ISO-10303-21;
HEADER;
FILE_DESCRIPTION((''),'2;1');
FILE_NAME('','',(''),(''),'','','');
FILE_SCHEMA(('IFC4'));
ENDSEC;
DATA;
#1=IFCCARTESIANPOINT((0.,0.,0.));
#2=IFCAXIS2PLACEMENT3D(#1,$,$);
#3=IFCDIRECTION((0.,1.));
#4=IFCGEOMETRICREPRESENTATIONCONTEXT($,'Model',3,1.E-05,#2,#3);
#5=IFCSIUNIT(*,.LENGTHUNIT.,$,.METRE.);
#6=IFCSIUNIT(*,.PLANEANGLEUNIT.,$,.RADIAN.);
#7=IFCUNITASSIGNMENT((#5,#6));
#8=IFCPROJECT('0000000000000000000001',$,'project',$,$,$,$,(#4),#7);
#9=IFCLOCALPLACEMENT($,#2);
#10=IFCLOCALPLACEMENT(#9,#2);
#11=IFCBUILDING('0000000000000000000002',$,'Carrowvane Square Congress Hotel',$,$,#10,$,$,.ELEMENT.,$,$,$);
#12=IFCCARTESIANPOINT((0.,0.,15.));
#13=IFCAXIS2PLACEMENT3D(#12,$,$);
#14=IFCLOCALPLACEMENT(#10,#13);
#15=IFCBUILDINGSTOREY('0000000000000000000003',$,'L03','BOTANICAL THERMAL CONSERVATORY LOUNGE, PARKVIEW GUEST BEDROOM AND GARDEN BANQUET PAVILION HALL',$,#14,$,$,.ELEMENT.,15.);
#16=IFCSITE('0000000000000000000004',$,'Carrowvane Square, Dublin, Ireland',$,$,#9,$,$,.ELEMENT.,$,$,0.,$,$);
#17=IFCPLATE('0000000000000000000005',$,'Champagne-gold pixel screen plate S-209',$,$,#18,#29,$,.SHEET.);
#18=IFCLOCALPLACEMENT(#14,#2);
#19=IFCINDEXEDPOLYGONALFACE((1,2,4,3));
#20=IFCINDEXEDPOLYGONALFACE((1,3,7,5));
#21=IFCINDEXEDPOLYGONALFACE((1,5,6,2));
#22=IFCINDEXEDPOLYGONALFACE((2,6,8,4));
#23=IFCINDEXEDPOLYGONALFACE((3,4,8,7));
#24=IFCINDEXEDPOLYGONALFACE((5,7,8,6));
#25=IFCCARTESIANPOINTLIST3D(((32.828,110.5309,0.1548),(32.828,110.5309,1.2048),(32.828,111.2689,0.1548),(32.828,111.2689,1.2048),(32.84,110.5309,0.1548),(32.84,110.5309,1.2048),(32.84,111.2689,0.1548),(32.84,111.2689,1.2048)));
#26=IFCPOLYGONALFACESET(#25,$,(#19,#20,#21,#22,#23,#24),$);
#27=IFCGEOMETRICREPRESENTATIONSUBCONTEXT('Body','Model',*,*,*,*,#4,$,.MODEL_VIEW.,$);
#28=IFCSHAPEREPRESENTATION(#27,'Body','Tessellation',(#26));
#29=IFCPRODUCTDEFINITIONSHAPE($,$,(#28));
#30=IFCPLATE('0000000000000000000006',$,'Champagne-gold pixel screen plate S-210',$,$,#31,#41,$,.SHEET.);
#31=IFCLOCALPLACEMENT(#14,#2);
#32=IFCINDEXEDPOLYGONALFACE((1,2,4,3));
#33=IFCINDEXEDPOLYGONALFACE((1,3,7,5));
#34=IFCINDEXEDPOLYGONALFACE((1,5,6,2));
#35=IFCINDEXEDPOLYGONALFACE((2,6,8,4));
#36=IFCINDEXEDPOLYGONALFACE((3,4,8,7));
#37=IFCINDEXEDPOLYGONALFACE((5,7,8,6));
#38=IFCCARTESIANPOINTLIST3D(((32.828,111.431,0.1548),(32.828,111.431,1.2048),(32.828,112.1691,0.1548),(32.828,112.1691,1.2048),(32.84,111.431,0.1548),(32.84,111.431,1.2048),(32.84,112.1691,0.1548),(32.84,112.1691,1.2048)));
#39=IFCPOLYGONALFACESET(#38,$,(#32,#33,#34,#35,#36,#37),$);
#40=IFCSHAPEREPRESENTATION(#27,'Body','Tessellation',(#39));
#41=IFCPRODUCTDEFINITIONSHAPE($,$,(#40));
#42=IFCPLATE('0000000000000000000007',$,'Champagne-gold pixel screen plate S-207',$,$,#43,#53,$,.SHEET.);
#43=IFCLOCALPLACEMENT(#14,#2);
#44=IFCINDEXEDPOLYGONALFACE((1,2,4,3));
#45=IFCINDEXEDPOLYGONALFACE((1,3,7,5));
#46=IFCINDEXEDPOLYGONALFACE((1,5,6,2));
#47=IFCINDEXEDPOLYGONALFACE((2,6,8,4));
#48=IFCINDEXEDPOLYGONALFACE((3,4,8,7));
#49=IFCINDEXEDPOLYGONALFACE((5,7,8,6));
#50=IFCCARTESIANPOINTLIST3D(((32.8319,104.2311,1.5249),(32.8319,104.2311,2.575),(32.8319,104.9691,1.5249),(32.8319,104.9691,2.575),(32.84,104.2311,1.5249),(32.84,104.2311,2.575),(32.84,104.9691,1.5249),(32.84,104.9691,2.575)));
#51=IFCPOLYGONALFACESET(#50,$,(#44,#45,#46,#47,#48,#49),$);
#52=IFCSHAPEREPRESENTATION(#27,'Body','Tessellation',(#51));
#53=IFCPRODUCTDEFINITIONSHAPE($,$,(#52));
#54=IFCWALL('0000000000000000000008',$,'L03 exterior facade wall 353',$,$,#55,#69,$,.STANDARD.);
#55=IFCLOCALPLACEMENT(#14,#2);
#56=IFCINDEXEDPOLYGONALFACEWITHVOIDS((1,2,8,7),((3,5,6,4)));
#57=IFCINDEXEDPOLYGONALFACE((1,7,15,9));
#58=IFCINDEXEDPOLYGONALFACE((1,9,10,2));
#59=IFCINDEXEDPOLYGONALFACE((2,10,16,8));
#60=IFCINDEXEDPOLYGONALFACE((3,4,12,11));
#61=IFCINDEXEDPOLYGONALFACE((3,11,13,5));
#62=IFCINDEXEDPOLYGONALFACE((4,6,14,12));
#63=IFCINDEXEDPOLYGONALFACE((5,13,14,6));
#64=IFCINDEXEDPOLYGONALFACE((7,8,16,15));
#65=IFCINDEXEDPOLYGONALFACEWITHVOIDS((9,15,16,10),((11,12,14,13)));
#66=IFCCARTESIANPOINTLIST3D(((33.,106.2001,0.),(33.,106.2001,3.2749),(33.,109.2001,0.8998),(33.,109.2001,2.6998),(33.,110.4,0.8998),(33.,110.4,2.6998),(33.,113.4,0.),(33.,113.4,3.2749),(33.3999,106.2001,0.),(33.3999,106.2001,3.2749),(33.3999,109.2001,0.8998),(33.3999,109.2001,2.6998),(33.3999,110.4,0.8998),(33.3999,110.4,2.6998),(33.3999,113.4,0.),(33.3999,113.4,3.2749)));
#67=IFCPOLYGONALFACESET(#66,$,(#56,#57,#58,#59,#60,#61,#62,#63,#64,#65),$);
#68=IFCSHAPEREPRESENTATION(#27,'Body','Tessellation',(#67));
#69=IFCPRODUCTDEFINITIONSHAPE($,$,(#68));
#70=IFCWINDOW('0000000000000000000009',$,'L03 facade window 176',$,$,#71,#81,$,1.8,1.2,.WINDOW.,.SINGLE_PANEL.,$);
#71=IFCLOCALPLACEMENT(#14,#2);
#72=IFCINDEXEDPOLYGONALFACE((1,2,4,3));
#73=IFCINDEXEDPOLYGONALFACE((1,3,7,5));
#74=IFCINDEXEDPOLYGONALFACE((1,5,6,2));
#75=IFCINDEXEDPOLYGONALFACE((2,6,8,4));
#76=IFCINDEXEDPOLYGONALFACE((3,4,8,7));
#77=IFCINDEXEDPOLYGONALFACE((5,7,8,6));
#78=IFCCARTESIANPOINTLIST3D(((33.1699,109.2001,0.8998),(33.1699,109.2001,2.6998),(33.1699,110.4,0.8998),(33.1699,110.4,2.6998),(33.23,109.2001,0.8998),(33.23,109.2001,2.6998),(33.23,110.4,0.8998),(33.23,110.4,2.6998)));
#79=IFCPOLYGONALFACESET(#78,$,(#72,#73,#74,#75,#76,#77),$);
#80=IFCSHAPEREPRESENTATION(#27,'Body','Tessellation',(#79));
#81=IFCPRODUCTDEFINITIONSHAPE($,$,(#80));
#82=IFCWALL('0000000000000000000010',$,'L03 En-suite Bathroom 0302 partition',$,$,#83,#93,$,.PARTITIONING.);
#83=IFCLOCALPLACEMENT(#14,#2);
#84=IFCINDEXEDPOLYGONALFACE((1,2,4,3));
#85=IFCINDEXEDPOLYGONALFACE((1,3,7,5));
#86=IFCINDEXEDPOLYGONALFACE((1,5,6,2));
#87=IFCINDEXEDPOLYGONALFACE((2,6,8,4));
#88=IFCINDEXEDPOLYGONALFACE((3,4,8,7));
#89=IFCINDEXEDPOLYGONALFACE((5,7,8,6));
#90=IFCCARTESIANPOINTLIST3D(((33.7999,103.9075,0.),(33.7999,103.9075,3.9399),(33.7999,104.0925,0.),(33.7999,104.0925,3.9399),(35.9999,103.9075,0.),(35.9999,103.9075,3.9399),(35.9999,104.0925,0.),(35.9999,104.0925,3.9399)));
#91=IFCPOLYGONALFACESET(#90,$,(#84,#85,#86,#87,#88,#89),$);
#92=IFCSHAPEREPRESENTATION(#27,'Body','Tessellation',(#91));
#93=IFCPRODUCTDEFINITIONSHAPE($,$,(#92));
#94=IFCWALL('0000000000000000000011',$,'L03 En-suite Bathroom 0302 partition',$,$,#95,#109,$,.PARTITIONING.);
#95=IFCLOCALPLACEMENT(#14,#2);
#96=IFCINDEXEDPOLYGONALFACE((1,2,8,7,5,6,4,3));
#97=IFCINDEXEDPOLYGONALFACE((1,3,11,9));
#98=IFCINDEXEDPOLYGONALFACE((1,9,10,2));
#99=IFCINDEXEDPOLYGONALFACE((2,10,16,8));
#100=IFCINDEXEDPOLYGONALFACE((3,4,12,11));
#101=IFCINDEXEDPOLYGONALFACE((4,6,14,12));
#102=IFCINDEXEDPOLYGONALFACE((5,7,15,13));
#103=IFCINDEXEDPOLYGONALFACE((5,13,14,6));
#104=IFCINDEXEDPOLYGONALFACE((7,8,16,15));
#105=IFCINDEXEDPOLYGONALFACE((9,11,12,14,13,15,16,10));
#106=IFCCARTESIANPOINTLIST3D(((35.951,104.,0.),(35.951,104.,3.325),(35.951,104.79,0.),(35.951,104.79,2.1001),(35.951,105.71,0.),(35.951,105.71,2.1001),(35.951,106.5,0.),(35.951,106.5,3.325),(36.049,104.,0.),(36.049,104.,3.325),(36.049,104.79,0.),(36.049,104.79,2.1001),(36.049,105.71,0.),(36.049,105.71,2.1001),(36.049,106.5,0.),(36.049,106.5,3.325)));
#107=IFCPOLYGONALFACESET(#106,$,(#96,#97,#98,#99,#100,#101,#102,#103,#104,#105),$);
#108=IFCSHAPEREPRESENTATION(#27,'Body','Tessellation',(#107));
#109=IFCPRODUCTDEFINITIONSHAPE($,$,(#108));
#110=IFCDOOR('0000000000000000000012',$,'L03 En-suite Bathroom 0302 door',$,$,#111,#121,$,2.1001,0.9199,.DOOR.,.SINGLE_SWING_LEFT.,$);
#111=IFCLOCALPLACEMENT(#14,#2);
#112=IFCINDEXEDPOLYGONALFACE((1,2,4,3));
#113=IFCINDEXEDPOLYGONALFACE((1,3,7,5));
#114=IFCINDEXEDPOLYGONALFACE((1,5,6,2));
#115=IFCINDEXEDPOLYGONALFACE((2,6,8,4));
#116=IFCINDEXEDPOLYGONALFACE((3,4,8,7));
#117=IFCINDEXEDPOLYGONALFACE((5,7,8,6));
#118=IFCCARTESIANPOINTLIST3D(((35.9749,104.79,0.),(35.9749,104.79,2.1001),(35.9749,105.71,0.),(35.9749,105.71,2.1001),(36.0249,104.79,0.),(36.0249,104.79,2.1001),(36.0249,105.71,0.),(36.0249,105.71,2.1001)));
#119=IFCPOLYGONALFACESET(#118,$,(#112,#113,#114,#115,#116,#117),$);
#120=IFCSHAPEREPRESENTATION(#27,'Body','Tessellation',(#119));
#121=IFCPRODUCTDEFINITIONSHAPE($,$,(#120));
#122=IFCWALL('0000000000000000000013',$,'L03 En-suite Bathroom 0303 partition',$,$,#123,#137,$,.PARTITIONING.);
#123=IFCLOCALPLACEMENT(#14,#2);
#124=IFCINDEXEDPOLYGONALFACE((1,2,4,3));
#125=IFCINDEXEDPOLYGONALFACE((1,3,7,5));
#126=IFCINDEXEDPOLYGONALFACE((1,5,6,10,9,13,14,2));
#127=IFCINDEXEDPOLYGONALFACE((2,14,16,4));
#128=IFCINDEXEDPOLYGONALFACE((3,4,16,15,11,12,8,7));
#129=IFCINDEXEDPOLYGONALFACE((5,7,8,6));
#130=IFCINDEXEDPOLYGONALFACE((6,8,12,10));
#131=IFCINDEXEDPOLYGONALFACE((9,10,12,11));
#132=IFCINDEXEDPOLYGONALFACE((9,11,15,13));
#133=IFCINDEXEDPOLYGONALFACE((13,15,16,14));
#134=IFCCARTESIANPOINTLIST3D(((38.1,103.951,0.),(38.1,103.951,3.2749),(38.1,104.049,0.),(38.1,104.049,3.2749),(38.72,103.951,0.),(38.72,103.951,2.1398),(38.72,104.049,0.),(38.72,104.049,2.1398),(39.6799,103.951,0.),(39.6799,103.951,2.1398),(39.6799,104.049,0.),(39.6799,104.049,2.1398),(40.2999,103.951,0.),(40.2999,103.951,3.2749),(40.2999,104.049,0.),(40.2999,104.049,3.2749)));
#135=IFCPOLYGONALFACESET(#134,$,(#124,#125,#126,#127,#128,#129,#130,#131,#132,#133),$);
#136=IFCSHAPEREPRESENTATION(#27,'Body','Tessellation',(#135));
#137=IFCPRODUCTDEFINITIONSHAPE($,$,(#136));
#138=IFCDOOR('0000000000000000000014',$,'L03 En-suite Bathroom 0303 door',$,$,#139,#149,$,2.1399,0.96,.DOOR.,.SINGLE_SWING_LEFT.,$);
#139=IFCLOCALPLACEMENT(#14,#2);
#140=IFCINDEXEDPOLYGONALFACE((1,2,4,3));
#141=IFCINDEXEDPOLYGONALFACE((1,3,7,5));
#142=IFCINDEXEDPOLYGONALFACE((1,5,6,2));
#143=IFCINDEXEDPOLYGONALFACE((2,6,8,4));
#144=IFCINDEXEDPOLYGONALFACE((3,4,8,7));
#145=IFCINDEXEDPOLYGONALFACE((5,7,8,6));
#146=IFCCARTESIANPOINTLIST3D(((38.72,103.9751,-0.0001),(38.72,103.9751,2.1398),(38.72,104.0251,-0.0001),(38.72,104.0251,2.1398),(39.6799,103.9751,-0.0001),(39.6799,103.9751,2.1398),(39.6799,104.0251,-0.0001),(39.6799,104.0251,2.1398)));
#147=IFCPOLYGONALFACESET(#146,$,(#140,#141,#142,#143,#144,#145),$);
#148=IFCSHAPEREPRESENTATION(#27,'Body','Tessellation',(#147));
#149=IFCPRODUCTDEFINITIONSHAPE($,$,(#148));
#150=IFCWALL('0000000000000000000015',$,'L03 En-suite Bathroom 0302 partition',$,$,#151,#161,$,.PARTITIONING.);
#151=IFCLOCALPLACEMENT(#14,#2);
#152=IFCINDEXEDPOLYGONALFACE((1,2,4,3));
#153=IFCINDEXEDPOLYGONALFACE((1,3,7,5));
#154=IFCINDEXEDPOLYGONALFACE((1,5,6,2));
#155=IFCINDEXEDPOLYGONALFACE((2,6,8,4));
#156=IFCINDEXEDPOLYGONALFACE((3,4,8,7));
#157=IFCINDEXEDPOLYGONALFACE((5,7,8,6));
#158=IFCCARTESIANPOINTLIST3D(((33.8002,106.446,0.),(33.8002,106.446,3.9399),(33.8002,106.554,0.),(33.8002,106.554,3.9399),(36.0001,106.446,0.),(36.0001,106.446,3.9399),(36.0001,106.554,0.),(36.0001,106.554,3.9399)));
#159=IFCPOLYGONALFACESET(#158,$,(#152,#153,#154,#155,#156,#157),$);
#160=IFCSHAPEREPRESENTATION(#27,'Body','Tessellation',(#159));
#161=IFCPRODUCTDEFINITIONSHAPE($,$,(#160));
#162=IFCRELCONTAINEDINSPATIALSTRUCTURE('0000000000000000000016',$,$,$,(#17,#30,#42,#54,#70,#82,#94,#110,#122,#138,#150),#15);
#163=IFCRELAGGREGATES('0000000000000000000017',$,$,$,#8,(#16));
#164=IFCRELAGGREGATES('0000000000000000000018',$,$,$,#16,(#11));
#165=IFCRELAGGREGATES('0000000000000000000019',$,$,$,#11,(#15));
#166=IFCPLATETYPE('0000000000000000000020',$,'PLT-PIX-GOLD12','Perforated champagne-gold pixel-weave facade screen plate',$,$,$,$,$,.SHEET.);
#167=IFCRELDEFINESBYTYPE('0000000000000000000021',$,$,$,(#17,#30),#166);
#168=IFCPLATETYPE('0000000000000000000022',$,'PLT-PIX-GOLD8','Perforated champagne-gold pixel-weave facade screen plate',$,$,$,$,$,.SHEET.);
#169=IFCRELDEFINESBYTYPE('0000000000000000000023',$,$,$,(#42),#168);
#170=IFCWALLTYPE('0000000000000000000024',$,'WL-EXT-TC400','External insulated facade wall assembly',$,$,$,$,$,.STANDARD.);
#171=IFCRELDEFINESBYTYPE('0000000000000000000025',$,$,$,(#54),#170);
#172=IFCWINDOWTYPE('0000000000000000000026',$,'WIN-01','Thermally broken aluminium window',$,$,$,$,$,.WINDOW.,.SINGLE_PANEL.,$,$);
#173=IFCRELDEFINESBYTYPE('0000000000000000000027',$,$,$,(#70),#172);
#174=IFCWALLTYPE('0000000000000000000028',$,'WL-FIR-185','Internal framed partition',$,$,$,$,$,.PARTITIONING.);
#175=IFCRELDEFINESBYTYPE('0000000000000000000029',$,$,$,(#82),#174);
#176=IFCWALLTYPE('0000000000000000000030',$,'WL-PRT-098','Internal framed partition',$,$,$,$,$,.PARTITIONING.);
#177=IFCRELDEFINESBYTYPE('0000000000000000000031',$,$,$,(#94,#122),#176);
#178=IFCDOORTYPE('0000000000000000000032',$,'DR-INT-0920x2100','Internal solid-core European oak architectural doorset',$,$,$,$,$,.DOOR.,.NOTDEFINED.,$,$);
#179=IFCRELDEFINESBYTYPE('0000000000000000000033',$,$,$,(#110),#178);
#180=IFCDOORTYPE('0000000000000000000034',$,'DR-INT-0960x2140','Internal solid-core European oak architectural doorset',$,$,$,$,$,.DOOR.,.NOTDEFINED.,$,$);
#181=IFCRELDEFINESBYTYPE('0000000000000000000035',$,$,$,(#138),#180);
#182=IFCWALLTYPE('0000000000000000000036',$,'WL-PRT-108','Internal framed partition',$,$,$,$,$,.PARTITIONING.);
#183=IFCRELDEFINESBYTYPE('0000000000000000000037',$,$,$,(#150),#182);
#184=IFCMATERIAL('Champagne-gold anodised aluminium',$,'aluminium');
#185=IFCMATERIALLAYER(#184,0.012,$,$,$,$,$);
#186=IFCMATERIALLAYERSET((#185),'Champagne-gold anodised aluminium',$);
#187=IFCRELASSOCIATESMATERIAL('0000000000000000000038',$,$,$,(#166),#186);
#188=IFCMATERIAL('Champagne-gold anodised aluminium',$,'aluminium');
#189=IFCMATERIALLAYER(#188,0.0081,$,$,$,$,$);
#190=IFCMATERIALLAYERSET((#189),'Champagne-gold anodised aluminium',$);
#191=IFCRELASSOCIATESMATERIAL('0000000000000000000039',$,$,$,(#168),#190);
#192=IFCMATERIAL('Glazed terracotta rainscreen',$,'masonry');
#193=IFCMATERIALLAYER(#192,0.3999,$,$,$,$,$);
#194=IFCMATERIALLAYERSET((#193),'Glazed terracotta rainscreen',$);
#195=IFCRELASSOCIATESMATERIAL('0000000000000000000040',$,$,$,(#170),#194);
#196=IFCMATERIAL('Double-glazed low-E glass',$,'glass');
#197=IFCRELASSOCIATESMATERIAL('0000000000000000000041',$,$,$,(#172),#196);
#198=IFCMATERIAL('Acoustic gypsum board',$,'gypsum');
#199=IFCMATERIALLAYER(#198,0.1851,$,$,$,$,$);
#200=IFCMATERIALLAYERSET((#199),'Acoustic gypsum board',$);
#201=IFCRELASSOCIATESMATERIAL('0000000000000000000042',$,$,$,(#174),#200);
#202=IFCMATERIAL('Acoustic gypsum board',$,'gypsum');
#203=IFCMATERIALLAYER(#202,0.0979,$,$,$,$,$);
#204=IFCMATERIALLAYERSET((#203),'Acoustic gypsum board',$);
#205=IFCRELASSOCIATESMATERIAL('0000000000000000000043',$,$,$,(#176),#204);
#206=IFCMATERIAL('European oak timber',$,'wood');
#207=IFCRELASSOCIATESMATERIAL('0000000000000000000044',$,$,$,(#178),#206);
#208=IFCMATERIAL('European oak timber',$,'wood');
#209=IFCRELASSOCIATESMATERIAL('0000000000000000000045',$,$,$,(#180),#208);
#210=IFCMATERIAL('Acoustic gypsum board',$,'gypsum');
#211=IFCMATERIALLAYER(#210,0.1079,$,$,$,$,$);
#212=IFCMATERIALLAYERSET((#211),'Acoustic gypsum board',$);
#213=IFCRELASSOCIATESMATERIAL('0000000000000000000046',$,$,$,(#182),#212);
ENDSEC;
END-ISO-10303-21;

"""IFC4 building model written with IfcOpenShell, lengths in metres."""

from ifc_helpers import new_model, si_unit, direction, frame, frame_2d, origin, origin_2d, place, context, subcontext, project, spatial, rectangle, extrude, material, layer, layer_set, type_object, element, fill, save


model = new_model("IFC4")

# Units and contexts
model_context = context("Model", 3, precision=1e-05, world=origin(), true_north=direction((0.0, 1.0)))
body_context = subcontext(model_context, "Body", "Model", "MODEL_VIEW")
ifc_project = project(units=[si_unit("LENGTHUNIT", "METRE"), si_unit("PLANEANGLEUNIT", "RADIAN")], contexts=[model_context])

# Site, building, storey
site_placement = place(None, origin())
site = spatial("IfcSite", under=ifc_project, at=site_placement, Name="Carrowvane Square, Dublin, Ireland", CompositionType="ELEMENT", RefElevation=0.0)
building_placement = place(site_placement, origin())
building = spatial("IfcBuilding", under=site, at=building_placement, Name="Carrowvane Square Congress Hotel", CompositionType="ELEMENT")
storey_placement = place(building_placement, frame((0.0, 0.0, 15.0)))
storey = spatial("IfcBuildingStorey", under=building, at=storey_placement, Name="L03", Description="BOTANICAL THERMAL CONSERVATORY LOUNGE, PARKVIEW GUEST BEDROOM AND GARDEN BANQUET PAVILION HALL", CompositionType="ELEMENT", Elevation=15.0)

# Plates
ifc_material_1 = material(Name="Champagne-gold anodised aluminium", Category="aluminium")
ifc_layer_1 = layer(ifc_material_1, 0.012)
ifc_layer_set_1 = layer_set([ifc_layer_1], Name="Champagne-gold anodised aluminium")
plate_type_1 = type_object("IfcPlateType", Name="PLT-PIX-GOLD12", Description="Perforated champagne-gold pixel-weave facade screen plate", PredefinedType="SHEET", material=ifc_layer_set_1)
for number, where, z_axis, x_axis, name in (
    (1, (32.834, 110.8999, 0.1548), (0.0, 0.0, 1.0), (0.0, 1.0, 0.0), "Champagne-gold pixel screen plate S-209"),
    (2, (32.834, 111.8, 0.1548), (0.0, 0.0, 1.0), (0.0, 1.0, 0.0), "Champagne-gold pixel screen plate S-210"),
):
    element("IfcPlate", number, at=place(storey_placement, frame(where, z_axis=z_axis, x_axis=x_axis)), inside=storey, type_object=plate_type_1, Name=name, PredefinedType="SHEET", context=body_context, shape_type="SweptSolid", body=[
        extrude(rectangle(XDim=0.738, YDim=0.012, at=origin_2d()), origin(), (0.0, 0.0, 1.0), 1.05),
    ])
ifc_material_2 = material(Name="Champagne-gold anodised aluminium", Category="aluminium")
ifc_layer_2 = layer(ifc_material_2, 0.0081)
ifc_layer_set_2 = layer_set([ifc_layer_2], Name="Champagne-gold anodised aluminium")
plate_type_2 = type_object("IfcPlateType", Name="PLT-PIX-GOLD8", Description="Perforated champagne-gold pixel-weave facade screen plate", PredefinedType="SHEET", material=ifc_layer_set_2)
plate_placement = place(storey_placement, frame((32.8359, 104.6001, 1.5249), z_axis=(0.0, 0.0, 1.0), x_axis=(0.0, 1.0, 0.0)))
element("IfcPlate", 3, at=plate_placement, inside=storey, type_object=plate_type_2, Name="Champagne-gold pixel screen plate S-207", PredefinedType="SHEET", context=body_context, shape_type="SweptSolid", body=[
    extrude(rectangle(XDim=0.738, YDim=0.0081, at=origin_2d()), origin(), (0.0, 0.0, 1.0), 1.05),
])

# Wall, opening, window
ifc_material_3 = material(Name="Glazed terracotta rainscreen", Category="masonry")
ifc_layer_3 = layer(ifc_material_3, 0.3999)
ifc_layer_set_3 = layer_set([ifc_layer_3], Name="Glazed terracotta rainscreen")
wall_type_1 = type_object("IfcWallType", Name="WL-EXT-TC400", Description="External insulated facade wall assembly", PredefinedType="STANDARD", material=ifc_layer_set_3)
wall_1_placement = place(storey_placement, frame((33.2, 106.2, 0.0), z_axis=(0.0, 0.0, 1.0), x_axis=(0.0, 1.0, 0.0)))
wall_1 = element("IfcWall", 4, at=wall_1_placement, inside=storey, type_object=wall_type_1, Name="L03 exterior facade wall 353", PredefinedType="STANDARD", context=body_context, shape_type="SweptSolid", body=[
    extrude(rectangle(XDim=7.2, YDim=0.3999, at=frame_2d((3.6001, 0.0))), origin(), (0.0, 0.0, 1.0), 3.2749),
])
opening_1_placement = place(wall_1_placement, frame((3.0, 0.0, 0.8999)))
opening_1 = element("IfcOpeningElement", 5, at=opening_1_placement, cuts=wall_1, PredefinedType="OPENING", context=body_context, shape_type="SweptSolid", body=[
    extrude(rectangle(XDim=1.2, YDim=1.8, at=frame_2d((0.6001, 0.8999))), frame((0.0, 0.21, 0.0), z_axis=(0.0, -1.0, 0.0), x_axis=(1.0, 0.0, 0.0)), (0.0, 0.0, 1.0), 0.4199),
])
ifc_material_4 = material(Name="Double-glazed low-E glass", Category="glass")
window_type = type_object("IfcWindowType", Name="WIN-01", Description="Thermally broken aluminium window", PartitioningType="SINGLE_PANEL", PredefinedType="WINDOW", material=ifc_material_4)
window_placement = place(opening_1_placement, origin())
window = element("IfcWindow", 6, at=window_placement, inside=storey, type_object=window_type, Name="L03 facade window 176", OverallHeight=1.8, OverallWidth=1.2, PartitioningType="SINGLE_PANEL", PredefinedType="WINDOW", context=body_context, shape_type="SweptSolid", body=[
    extrude(rectangle(XDim=1.2, YDim=1.8, at=frame_2d((0.6001, 0.8999))), frame((0.0, 0.03, 0.0), z_axis=(0.0, -1.0, 0.0), x_axis=(1.0, 0.0, 0.0)), (0.0, 0.0, 1.0), 0.0601),
])
fill(opening_1, window)

# Wall
ifc_material_5 = material(Name="Acoustic gypsum board", Category="gypsum")
ifc_layer_4 = layer(ifc_material_5, 0.1851)
ifc_layer_set_4 = layer_set([ifc_layer_4], Name="Acoustic gypsum board")
wall_type_2 = type_object("IfcWallType", Name="WL-FIR-185", Description="Internal framed partition", PredefinedType="PARTITIONING", material=ifc_layer_set_4)
wall_2_placement = place(storey_placement, frame((36.0, 104.0, 0.0), z_axis=(0.0, 0.0, 1.0), x_axis=(-1.0, 0.0, 0.0)))
element("IfcWall", 7, at=wall_2_placement, inside=storey, type_object=wall_type_2, Name="L03 En-suite Bathroom 0302 partition", PredefinedType="PARTITIONING", context=body_context, shape_type="SweptSolid", body=[
    extrude(rectangle(XDim=2.2, YDim=0.1851, at=frame_2d((1.1001, 0.0))), origin(), (0.0, 0.0, 1.0), 3.9399),
])

# Walls, openings, doors
ifc_material_6 = material(Name="Acoustic gypsum board", Category="gypsum")
ifc_layer_5 = layer(ifc_material_6, 0.0979)
ifc_layer_set_5 = layer_set([ifc_layer_5], Name="Acoustic gypsum board")
wall_type_3 = type_object("IfcWallType", Name="WL-PRT-098", Description="Internal framed partition", PredefinedType="PARTITIONING", material=ifc_layer_set_5)
wall_3_placement = place(storey_placement, frame((36.0, 106.5, 0.0), z_axis=(0.0, 0.0, 1.0), x_axis=(0.0, -1.0, 0.0)))
wall_3 = element("IfcWall", 8, at=wall_3_placement, inside=storey, type_object=wall_type_3, Name="L03 En-suite Bathroom 0302 partition", PredefinedType="PARTITIONING", context=body_context, shape_type="SweptSolid", body=[
    extrude(rectangle(XDim=2.5, YDim=0.0979, at=frame_2d((1.25, 0.0))), origin(), (0.0, 0.0, 1.0), 3.325),
])
opening_2_placement = place(wall_3_placement, frame((0.79, 0.0, 0.0)))
opening_2 = element("IfcOpeningElement", 9, at=opening_2_placement, cuts=wall_3, PredefinedType="OPENING", context=body_context, shape_type="SweptSolid", body=[
    extrude(rectangle(XDim=0.9199, YDim=2.1001, at=frame_2d((0.46, 1.05))), frame((0.0, 0.0588, 0.0), z_axis=(0.0, -1.0, 0.0), x_axis=(1.0, 0.0, 0.0)), (0.0, 0.0, 1.0), 0.1179),
])
ifc_material_7 = material(Name="European oak timber", Category="wood")
door_type_1 = type_object("IfcDoorType", Name="DR-INT-0920x2100", Description="Internal solid-core European oak architectural doorset", OperationType="NOTDEFINED", PredefinedType="DOOR", material=ifc_material_7)
door_1_placement = place(opening_2_placement, origin())
door_1 = element("IfcDoor", 10, at=door_1_placement, inside=storey, type_object=door_type_1, Name="L03 En-suite Bathroom 0302 door", OperationType="SINGLE_SWING_LEFT", OverallHeight=2.1001, OverallWidth=0.9199, PredefinedType="DOOR", context=body_context, shape_type="SweptSolid", body=[
    extrude(rectangle(XDim=0.9199, YDim=2.1001, at=frame_2d((0.46, 1.05))), frame((0.0, 0.0249, 0.0), z_axis=(0.0, -1.0, 0.0), x_axis=(1.0, 0.0, 0.0)), (0.0, 0.0, 1.0), 0.05),
])
fill(opening_2, door_1)
wall_4_placement = place(storey_placement, frame((40.3, 104.0, 0.0), z_axis=(0.0, 0.0, 1.0), x_axis=(-1.0, 0.0, 0.0)))
wall_4 = element("IfcWall", 11, at=wall_4_placement, inside=storey, type_object=wall_type_3, Name="L03 En-suite Bathroom 0303 partition", PredefinedType="PARTITIONING", context=body_context, shape_type="SweptSolid", body=[
    extrude(rectangle(XDim=2.2, YDim=0.0979, at=frame_2d((1.1001, 0.0))), origin(), (0.0, 0.0, 1.0), 3.2749),
])
opening_3_placement = place(wall_4_placement, frame((0.6201, 0.0, 0.0)))
opening_3 = element("IfcOpeningElement", 12, at=opening_3_placement, cuts=wall_4, PredefinedType="OPENING", context=body_context, shape_type="SweptSolid", body=[
    extrude(rectangle(XDim=0.96, YDim=2.1399, at=frame_2d((0.48, 1.0698))), frame((0.0, 0.0588, 0.0), z_axis=(0.0, -1.0, 0.0), x_axis=(1.0, 0.0, 0.0)), (0.0, 0.0, 1.0), 0.1179),
])
ifc_material_8 = material(Name="European oak timber", Category="wood")
door_type_2 = type_object("IfcDoorType", Name="DR-INT-0960x2140", Description="Internal solid-core European oak architectural doorset", OperationType="NOTDEFINED", PredefinedType="DOOR", material=ifc_material_8)
door_2_placement = place(opening_3_placement, origin())
door_2 = element("IfcDoor", 13, at=door_2_placement, inside=storey, type_object=door_type_2, Name="L03 En-suite Bathroom 0303 door", OperationType="SINGLE_SWING_LEFT", OverallHeight=2.1399, OverallWidth=0.96, PredefinedType="DOOR", context=body_context, shape_type="SweptSolid", body=[
    extrude(rectangle(XDim=0.96, YDim=2.1399, at=frame_2d((0.48, 1.0698))), frame((0.0, 0.0249, 0.0), z_axis=(0.0, -1.0, 0.0), x_axis=(1.0, 0.0, 0.0)), (0.0, 0.0, 1.0), 0.05),
])
fill(opening_3, door_2)

# Wall
ifc_material_9 = material(Name="Acoustic gypsum board", Category="gypsum")
ifc_layer_6 = layer(ifc_material_9, 0.1079)
ifc_layer_set_6 = layer_set([ifc_layer_6], Name="Acoustic gypsum board")
wall_type_4 = type_object("IfcWallType", Name="WL-PRT-108", Description="Internal framed partition", PredefinedType="PARTITIONING", material=ifc_layer_set_6)
wall_5_placement = place(storey_placement, frame((33.8, 106.5, 0.0), z_axis=(0.0, 0.0, 1.0), x_axis=(1.0, 0.0, 0.0)))
element("IfcWall", 14, at=wall_5_placement, inside=storey, type_object=wall_type_4, Name="L03 En-suite Bathroom 0302 partition", PredefinedType="PARTITIONING", context=body_context, shape_type="SweptSolid", body=[
    extrude(rectangle(XDim=2.2, YDim=0.1079, at=frame_2d((1.1001, 0.0))), origin(), (0.0, 0.0, 1.0), 3.9399),
])

save(model, "model.ifc")
